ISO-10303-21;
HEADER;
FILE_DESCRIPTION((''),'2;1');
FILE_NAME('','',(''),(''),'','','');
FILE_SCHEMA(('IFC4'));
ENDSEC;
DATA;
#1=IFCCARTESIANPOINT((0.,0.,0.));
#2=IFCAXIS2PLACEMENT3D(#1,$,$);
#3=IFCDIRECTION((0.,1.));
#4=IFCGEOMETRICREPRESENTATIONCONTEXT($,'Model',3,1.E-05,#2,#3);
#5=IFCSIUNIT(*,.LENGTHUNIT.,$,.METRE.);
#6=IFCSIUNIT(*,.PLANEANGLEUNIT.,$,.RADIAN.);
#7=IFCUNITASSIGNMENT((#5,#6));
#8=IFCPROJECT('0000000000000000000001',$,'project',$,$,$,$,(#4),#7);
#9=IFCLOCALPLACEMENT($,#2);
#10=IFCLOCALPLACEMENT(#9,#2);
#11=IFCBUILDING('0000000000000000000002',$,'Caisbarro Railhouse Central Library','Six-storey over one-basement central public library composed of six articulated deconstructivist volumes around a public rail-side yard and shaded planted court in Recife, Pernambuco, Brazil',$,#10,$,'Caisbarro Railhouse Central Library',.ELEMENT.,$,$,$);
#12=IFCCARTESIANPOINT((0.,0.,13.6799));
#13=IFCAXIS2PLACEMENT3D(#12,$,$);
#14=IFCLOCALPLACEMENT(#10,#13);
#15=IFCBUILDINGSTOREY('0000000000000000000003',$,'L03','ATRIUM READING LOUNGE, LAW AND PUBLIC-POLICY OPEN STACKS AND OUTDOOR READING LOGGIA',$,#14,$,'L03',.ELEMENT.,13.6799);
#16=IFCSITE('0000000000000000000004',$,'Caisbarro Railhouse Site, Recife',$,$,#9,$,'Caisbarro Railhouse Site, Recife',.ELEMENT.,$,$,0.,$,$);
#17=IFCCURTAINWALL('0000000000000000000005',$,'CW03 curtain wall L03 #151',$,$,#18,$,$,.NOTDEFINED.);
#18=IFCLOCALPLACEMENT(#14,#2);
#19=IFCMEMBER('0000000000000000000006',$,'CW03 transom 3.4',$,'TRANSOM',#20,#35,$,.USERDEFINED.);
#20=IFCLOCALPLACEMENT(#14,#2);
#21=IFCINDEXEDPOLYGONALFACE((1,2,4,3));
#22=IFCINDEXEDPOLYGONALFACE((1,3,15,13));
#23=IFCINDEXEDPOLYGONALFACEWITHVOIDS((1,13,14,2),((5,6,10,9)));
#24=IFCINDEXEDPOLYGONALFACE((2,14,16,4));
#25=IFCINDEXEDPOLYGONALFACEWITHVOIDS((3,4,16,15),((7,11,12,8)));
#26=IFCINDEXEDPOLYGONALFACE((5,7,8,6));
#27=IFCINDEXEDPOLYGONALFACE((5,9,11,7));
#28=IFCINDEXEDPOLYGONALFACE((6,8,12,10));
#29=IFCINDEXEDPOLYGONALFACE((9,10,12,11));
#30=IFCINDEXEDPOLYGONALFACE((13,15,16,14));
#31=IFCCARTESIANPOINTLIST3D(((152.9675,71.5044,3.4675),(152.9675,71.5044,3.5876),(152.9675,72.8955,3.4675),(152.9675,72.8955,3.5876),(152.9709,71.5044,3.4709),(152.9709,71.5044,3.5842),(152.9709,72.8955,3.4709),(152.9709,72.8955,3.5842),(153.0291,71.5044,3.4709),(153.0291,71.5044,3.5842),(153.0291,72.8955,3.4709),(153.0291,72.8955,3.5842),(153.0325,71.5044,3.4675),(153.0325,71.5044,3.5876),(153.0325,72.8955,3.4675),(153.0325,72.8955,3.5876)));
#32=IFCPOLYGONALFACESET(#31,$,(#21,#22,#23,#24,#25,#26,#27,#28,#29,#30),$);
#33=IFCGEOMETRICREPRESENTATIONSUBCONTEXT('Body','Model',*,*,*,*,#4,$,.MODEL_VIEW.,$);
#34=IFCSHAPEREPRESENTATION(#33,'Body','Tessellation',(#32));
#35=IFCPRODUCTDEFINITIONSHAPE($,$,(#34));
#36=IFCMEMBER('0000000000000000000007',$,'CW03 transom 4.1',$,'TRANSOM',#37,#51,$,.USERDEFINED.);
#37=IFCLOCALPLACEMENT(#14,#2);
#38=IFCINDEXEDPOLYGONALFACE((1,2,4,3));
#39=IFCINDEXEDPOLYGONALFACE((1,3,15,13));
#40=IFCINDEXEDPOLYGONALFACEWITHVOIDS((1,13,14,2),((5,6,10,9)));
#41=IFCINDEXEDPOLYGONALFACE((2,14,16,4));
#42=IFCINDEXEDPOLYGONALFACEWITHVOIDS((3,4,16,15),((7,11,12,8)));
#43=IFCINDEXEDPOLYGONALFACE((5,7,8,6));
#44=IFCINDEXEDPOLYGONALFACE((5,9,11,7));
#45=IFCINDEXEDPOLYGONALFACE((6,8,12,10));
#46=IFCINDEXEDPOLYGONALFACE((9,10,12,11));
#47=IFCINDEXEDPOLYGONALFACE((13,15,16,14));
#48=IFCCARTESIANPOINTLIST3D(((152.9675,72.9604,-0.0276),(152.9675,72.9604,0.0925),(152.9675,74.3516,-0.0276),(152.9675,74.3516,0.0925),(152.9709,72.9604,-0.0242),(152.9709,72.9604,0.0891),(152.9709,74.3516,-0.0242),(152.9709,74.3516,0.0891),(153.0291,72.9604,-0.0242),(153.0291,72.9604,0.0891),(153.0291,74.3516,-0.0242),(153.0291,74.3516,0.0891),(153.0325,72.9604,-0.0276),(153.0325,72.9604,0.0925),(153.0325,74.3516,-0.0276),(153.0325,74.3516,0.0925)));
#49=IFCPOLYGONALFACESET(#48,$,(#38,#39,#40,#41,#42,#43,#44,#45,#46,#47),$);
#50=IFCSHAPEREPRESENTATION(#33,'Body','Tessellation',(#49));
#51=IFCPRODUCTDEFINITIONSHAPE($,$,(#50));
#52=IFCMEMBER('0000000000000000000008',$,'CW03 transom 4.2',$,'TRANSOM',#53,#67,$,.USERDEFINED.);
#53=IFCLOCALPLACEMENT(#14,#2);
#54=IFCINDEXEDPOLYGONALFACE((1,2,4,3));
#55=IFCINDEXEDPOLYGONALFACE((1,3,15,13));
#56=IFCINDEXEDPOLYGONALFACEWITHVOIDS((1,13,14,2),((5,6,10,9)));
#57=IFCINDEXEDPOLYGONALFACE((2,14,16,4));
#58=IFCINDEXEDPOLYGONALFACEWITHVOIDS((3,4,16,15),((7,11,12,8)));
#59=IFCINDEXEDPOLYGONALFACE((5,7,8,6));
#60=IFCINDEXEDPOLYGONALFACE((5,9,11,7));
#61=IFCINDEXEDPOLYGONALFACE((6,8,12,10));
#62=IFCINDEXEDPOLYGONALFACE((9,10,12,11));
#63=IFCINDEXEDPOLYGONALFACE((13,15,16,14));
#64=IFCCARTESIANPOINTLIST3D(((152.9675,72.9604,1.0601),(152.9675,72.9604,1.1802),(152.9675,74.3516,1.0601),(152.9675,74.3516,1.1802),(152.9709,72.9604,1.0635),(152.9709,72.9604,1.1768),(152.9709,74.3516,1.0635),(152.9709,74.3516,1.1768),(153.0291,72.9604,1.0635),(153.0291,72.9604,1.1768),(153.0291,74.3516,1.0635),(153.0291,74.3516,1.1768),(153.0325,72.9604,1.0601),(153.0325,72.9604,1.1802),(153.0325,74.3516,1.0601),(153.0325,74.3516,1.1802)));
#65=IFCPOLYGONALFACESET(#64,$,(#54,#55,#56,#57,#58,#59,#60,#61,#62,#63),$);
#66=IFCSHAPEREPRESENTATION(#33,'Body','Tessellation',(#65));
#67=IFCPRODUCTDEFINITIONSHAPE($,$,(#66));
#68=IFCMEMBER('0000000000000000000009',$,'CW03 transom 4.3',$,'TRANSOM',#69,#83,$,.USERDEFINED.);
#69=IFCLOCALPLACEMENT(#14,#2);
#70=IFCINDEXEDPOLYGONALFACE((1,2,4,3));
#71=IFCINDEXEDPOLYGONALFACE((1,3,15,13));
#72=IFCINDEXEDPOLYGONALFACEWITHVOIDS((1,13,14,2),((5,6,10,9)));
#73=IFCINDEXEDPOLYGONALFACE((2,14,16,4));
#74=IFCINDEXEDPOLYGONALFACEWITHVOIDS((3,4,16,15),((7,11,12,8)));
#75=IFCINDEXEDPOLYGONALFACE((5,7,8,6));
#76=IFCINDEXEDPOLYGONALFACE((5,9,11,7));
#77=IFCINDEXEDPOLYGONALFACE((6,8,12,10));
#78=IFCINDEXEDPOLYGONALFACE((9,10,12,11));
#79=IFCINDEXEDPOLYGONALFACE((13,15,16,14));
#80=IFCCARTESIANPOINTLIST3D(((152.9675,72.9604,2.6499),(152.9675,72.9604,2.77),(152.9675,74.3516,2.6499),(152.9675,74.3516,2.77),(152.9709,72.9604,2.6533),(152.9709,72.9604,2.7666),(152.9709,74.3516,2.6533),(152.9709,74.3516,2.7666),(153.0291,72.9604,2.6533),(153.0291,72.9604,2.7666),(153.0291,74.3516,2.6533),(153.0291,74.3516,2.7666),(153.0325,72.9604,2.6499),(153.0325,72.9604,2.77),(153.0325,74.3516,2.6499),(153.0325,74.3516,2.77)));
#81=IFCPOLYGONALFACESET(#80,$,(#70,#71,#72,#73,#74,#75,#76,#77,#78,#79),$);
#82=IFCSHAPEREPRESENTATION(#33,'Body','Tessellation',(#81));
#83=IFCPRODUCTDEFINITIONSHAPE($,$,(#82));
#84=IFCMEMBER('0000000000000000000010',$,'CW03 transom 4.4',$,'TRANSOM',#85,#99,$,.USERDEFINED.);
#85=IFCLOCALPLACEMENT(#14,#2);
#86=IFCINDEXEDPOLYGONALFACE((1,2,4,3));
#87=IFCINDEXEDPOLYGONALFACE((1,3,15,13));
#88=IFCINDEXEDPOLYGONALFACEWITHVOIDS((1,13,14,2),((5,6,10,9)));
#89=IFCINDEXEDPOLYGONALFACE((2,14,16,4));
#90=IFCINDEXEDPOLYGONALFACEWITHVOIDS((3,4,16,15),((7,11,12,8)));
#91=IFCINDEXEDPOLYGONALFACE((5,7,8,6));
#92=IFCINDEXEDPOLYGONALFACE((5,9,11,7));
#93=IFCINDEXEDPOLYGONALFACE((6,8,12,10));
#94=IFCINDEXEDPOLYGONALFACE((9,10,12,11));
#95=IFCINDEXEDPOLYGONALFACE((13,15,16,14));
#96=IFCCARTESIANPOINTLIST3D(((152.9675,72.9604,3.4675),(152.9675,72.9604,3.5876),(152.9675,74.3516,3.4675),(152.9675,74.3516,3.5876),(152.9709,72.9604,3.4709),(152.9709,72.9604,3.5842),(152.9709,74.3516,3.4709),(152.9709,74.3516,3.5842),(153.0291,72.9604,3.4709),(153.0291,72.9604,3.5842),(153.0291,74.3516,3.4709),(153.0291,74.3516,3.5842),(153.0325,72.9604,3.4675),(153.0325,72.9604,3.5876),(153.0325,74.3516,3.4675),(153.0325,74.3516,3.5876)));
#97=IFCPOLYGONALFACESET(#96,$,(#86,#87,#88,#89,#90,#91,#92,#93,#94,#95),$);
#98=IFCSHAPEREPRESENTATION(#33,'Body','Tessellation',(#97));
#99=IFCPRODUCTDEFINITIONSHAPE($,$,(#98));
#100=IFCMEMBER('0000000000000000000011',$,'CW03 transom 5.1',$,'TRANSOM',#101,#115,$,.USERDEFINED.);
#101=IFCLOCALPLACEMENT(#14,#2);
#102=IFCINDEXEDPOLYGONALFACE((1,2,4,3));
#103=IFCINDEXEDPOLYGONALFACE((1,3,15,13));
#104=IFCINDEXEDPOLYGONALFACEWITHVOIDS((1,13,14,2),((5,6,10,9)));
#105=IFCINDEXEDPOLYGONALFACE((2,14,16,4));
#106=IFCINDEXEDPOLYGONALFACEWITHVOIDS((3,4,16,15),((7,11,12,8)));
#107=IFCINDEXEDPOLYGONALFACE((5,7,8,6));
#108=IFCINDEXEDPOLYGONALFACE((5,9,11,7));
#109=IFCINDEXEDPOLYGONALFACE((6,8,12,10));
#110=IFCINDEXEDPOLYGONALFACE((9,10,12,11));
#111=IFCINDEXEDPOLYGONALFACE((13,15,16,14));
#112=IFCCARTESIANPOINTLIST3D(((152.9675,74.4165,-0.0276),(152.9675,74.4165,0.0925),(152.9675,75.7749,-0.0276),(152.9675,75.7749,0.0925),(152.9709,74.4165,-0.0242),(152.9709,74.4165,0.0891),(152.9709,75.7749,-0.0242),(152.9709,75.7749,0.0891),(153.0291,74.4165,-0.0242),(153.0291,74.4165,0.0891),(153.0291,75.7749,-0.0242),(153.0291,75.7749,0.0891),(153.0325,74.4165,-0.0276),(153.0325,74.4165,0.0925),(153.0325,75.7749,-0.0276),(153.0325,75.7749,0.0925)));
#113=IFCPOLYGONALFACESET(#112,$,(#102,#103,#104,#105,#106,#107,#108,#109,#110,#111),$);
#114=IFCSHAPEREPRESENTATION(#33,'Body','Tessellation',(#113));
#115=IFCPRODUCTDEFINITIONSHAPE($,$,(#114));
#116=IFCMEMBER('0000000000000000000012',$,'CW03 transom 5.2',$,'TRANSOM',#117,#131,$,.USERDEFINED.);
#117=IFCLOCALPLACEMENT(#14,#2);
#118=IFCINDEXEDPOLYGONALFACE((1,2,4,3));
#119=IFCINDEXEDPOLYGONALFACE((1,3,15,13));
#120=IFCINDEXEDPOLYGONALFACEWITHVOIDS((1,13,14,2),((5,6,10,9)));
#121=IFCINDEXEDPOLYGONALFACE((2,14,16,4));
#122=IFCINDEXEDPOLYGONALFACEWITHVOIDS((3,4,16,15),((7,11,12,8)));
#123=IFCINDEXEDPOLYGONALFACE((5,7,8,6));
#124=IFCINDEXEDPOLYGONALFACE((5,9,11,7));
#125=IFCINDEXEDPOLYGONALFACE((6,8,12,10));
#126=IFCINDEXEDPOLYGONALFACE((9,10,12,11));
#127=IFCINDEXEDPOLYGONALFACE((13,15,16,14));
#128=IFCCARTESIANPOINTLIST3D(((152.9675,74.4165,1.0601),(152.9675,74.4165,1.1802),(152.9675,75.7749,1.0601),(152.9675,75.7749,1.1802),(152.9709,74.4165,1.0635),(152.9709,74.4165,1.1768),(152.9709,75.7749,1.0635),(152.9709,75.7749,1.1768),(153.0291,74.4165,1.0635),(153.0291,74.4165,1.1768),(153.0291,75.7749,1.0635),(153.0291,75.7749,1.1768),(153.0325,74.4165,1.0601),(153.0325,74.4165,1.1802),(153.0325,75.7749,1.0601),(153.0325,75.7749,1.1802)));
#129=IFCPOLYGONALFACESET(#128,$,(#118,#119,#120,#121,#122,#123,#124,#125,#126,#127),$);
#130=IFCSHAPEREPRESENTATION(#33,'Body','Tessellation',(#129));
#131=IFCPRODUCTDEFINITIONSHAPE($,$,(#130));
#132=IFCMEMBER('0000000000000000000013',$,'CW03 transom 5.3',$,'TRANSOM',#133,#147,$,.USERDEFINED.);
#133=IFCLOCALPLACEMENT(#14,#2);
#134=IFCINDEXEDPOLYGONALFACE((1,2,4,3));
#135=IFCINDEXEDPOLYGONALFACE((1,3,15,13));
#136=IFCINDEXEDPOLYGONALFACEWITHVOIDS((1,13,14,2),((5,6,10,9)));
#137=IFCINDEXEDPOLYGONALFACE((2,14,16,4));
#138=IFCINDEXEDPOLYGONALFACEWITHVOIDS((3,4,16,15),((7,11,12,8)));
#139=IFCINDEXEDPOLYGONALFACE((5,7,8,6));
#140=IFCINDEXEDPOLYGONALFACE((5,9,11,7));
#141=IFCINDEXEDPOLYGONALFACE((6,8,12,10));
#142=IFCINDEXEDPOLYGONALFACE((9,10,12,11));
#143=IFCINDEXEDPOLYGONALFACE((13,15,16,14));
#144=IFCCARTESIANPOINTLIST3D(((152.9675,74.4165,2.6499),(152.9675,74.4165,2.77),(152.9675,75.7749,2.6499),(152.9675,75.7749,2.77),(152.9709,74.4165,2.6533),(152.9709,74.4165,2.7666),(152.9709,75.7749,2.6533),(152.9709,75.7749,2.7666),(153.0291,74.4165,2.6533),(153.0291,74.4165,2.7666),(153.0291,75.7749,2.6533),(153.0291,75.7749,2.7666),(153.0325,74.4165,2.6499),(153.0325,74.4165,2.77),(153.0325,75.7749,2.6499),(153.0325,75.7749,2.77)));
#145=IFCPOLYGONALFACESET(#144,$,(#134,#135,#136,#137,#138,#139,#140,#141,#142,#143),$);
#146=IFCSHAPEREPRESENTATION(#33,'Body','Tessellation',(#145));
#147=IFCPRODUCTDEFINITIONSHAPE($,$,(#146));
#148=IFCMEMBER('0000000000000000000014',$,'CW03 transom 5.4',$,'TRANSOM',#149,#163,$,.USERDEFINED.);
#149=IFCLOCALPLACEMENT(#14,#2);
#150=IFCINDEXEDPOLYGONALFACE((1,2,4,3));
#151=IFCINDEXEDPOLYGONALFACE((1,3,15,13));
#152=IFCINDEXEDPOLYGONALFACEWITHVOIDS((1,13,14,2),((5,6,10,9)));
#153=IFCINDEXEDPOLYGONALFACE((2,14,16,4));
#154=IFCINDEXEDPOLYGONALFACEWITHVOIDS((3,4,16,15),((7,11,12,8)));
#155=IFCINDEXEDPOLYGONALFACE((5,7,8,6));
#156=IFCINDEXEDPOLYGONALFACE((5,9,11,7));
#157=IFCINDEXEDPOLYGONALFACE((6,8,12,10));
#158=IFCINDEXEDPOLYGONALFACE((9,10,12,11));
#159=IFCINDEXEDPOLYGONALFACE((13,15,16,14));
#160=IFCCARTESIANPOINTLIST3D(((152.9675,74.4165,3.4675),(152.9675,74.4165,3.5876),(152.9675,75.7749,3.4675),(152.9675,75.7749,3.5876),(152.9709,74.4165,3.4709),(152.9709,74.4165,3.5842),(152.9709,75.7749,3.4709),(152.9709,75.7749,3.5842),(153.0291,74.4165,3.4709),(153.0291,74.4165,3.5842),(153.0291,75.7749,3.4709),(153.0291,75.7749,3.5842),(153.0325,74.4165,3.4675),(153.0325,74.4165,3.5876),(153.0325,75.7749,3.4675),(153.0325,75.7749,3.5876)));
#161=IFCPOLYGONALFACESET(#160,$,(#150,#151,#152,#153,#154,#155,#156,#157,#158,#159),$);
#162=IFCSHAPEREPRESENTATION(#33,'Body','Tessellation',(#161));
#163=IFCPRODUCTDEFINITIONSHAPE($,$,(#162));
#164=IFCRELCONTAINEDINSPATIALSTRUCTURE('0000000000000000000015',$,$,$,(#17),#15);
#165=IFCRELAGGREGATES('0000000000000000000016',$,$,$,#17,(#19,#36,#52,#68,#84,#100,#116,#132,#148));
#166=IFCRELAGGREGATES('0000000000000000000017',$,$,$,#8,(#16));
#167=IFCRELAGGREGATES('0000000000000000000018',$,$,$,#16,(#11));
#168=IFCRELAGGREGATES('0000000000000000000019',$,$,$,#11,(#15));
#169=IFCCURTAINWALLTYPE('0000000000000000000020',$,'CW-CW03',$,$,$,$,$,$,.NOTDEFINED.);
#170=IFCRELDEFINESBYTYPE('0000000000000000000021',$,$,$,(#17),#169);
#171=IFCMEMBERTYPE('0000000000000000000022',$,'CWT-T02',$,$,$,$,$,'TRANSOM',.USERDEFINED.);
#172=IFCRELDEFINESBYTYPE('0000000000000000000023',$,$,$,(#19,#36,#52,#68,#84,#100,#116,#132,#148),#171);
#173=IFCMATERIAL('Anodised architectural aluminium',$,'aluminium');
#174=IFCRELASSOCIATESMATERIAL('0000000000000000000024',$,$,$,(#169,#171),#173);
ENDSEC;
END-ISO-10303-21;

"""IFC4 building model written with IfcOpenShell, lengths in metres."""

from ifc_helpers import new_model, si_unit, direction, frame, origin, origin_2d, place, context, subcontext, project, spatial, hollow_rectangle, extrude, material, material_profile, profile_set, type_object, element, aggregate, save


model = new_model("IFC4")

# Units and contexts
model_context = context("Model", 3, precision=1e-05, world=origin(), true_north=direction((0.0, 1.0)))
body_context = subcontext(model_context, "Body", "Model", "MODEL_VIEW")
ifc_project = project(units=[si_unit("LENGTHUNIT", "METRE"), si_unit("PLANEANGLEUNIT", "RADIAN")], contexts=[model_context])

# Site, building, storey
site_placement = place(None, origin())
site = spatial("IfcSite", under=ifc_project, at=site_placement, Name="Caisbarro Railhouse Site, Recife", LongName="Caisbarro Railhouse Site, Recife", CompositionType="ELEMENT", RefElevation=0.0)
building_placement = place(site_placement, origin())
building = spatial("IfcBuilding", under=site, at=building_placement, Name="Caisbarro Railhouse Central Library", Description="Six-storey over one-basement central public library composed of six articulated deconstructivist volumes around a public rail-side yard and shaded planted court in Recife, Pernambuco, Brazil", LongName="Caisbarro Railhouse Central Library", CompositionType="ELEMENT")
storey_placement = place(building_placement, frame((0.0, 0.0, 13.6799)))
storey = spatial("IfcBuildingStorey", under=building, at=storey_placement, Name="L03", Description="ATRIUM READING LOUNGE, LAW AND PUBLIC-POLICY OPEN STACKS AND OUTDOOR READING LOGGIA", LongName="L03", CompositionType="ELEMENT", Elevation=13.6799)

# Curtain wall, members
ifc_material_1 = material(Name="Anodised architectural aluminium", Category="aluminium")
curtain_wall_type = type_object("IfcCurtainWallType", Name="CW-CW03", PredefinedType="NOTDEFINED", material=ifc_material_1)
curtain_wall_placement = place(storey_placement, origin())
curtain_wall = element("IfcCurtainWall", 1, at=curtain_wall_placement, inside=storey, type_object=curtain_wall_type, Name="CW03 curtain wall L03 #151", PredefinedType="NOTDEFINED")
ifc_material_profile_1 = material_profile(ifc_material_1, hollow_rectangle(XDim=0.0649, YDim=0.1201, WallThickness=0.0034, at=origin_2d()), Name="ALU-TRN-65X120")
ifc_profile_set_1 = profile_set([ifc_material_profile_1], Name="Anodised architectural aluminium")
member_type_1 = type_object("IfcMemberType", Name="CWT-T02", ElementType="TRANSOM", PredefinedType="USERDEFINED", material=ifc_profile_set_1)
member_1_placement = place(storey_placement, frame((153.0, 71.5044, 3.5276), z_axis=(0.0, 1.0, 0.0), x_axis=(-1.0, 0.0, 0.0)))
member_1 = element("IfcMember", 2, at=member_1_placement, type_object=member_type_1, Name="CW03 transom 3.4", ObjectType="TRANSOM", PredefinedType="USERDEFINED", context=body_context, shape_type="SweptSolid", body=[
    extrude(hollow_rectangle(XDim=0.0649, YDim=0.1201, WallThickness=0.0034, at=origin_2d()), origin(), (0.0, 0.0, 1.0), 1.3911),
])
member_2_placement = place(storey_placement, frame((153.0, 72.9604, 0.0325), z_axis=(0.0, 1.0, 0.0), x_axis=(-1.0, 0.0, 0.0)))
member_2 = element("IfcMember", 3, at=member_2_placement, type_object=member_type_1, Name="CW03 transom 4.1", ObjectType="TRANSOM", PredefinedType="USERDEFINED", context=body_context, shape_type="SweptSolid", body=[
    extrude(hollow_rectangle(XDim=0.0649, YDim=0.1201, WallThickness=0.0034, at=origin_2d()), origin(), (0.0, 0.0, 1.0), 1.3911),
])
member_3_placement = place(storey_placement, frame((153.0, 72.9604, 1.1201), z_axis=(0.0, 1.0, 0.0), x_axis=(-1.0, 0.0, 0.0)))
member_3 = element("IfcMember", 4, at=member_3_placement, type_object=member_type_1, Name="CW03 transom 4.2", ObjectType="TRANSOM", PredefinedType="USERDEFINED", context=body_context, shape_type="SweptSolid", body=[
    extrude(hollow_rectangle(XDim=0.0649, YDim=0.1201, WallThickness=0.0034, at=origin_2d()), origin(), (0.0, 0.0, 1.0), 1.3911),
])
member_4_placement = place(storey_placement, frame((153.0, 72.9604, 2.71), z_axis=(0.0, 1.0, 0.0), x_axis=(-1.0, 0.0, 0.0)))
member_4 = element("IfcMember", 5, at=member_4_placement, type_object=member_type_1, Name="CW03 transom 4.3", ObjectType="TRANSOM", PredefinedType="USERDEFINED", context=body_context, shape_type="SweptSolid", body=[
    extrude(hollow_rectangle(XDim=0.0649, YDim=0.1201, WallThickness=0.0034, at=origin_2d()), origin(), (0.0, 0.0, 1.0), 1.3911),
])
member_5_placement = place(storey_placement, frame((153.0, 72.9604, 3.5276), z_axis=(0.0, 1.0, 0.0), x_axis=(-1.0, 0.0, 0.0)))
member_5 = element("IfcMember", 6, at=member_5_placement, type_object=member_type_1, Name="CW03 transom 4.4", ObjectType="TRANSOM", PredefinedType="USERDEFINED", context=body_context, shape_type="SweptSolid", body=[
    extrude(hollow_rectangle(XDim=0.0649, YDim=0.1201, WallThickness=0.0034, at=origin_2d()), origin(), (0.0, 0.0, 1.0), 1.3911),
])
member_6_placement = place(storey_placement, frame((153.0, 74.4165, 0.0325), z_axis=(0.0, 1.0, 0.0), x_axis=(-1.0, 0.0, 0.0)))
member_6 = element("IfcMember", 7, at=member_6_placement, type_object=member_type_1, Name="CW03 transom 5.1", ObjectType="TRANSOM", PredefinedType="USERDEFINED", context=body_context, shape_type="SweptSolid", body=[
    extrude(hollow_rectangle(XDim=0.0649, YDim=0.1201, WallThickness=0.0034, at=origin_2d()), origin(), (0.0, 0.0, 1.0), 1.3584),
])
member_7_placement = place(storey_placement, frame((153.0, 74.4165, 1.1201), z_axis=(0.0, 1.0, 0.0), x_axis=(-1.0, 0.0, 0.0)))
member_7 = element("IfcMember", 8, at=member_7_placement, type_object=member_type_1, Name="CW03 transom 5.2", ObjectType="TRANSOM", PredefinedType="USERDEFINED", context=body_context, shape_type="SweptSolid", body=[
    extrude(hollow_rectangle(XDim=0.0649, YDim=0.1201, WallThickness=0.0034, at=origin_2d()), origin(), (0.0, 0.0, 1.0), 1.3584),
])
member_8_placement = place(storey_placement, frame((153.0, 74.4165, 2.71), z_axis=(0.0, 1.0, 0.0), x_axis=(-1.0, 0.0, 0.0)))
member_8 = element("IfcMember", 9, at=member_8_placement, type_object=member_type_1, Name="CW03 transom 5.3", ObjectType="TRANSOM", PredefinedType="USERDEFINED", context=body_context, shape_type="SweptSolid", body=[
    extrude(hollow_rectangle(XDim=0.0649, YDim=0.1201, WallThickness=0.0034, at=origin_2d()), origin(), (0.0, 0.0, 1.0), 1.3584),
])
member_9_placement = place(storey_placement, frame((153.0, 74.4165, 3.5276), z_axis=(0.0, 1.0, 0.0), x_axis=(-1.0, 0.0, 0.0)))
member_9 = element("IfcMember", 10, at=member_9_placement, type_object=member_type_1, Name="CW03 transom 5.4", ObjectType="TRANSOM", PredefinedType="USERDEFINED", context=body_context, shape_type="SweptSolid", body=[
    extrude(hollow_rectangle(XDim=0.0649, YDim=0.1201, WallThickness=0.0034, at=origin_2d()), origin(), (0.0, 0.0, 1.0), 1.3584),
])

aggregate(curtain_wall, [member_1, member_2, member_3, member_4, member_5, member_6, member_7, member_8, member_9])

save(model, "model.ifc")
